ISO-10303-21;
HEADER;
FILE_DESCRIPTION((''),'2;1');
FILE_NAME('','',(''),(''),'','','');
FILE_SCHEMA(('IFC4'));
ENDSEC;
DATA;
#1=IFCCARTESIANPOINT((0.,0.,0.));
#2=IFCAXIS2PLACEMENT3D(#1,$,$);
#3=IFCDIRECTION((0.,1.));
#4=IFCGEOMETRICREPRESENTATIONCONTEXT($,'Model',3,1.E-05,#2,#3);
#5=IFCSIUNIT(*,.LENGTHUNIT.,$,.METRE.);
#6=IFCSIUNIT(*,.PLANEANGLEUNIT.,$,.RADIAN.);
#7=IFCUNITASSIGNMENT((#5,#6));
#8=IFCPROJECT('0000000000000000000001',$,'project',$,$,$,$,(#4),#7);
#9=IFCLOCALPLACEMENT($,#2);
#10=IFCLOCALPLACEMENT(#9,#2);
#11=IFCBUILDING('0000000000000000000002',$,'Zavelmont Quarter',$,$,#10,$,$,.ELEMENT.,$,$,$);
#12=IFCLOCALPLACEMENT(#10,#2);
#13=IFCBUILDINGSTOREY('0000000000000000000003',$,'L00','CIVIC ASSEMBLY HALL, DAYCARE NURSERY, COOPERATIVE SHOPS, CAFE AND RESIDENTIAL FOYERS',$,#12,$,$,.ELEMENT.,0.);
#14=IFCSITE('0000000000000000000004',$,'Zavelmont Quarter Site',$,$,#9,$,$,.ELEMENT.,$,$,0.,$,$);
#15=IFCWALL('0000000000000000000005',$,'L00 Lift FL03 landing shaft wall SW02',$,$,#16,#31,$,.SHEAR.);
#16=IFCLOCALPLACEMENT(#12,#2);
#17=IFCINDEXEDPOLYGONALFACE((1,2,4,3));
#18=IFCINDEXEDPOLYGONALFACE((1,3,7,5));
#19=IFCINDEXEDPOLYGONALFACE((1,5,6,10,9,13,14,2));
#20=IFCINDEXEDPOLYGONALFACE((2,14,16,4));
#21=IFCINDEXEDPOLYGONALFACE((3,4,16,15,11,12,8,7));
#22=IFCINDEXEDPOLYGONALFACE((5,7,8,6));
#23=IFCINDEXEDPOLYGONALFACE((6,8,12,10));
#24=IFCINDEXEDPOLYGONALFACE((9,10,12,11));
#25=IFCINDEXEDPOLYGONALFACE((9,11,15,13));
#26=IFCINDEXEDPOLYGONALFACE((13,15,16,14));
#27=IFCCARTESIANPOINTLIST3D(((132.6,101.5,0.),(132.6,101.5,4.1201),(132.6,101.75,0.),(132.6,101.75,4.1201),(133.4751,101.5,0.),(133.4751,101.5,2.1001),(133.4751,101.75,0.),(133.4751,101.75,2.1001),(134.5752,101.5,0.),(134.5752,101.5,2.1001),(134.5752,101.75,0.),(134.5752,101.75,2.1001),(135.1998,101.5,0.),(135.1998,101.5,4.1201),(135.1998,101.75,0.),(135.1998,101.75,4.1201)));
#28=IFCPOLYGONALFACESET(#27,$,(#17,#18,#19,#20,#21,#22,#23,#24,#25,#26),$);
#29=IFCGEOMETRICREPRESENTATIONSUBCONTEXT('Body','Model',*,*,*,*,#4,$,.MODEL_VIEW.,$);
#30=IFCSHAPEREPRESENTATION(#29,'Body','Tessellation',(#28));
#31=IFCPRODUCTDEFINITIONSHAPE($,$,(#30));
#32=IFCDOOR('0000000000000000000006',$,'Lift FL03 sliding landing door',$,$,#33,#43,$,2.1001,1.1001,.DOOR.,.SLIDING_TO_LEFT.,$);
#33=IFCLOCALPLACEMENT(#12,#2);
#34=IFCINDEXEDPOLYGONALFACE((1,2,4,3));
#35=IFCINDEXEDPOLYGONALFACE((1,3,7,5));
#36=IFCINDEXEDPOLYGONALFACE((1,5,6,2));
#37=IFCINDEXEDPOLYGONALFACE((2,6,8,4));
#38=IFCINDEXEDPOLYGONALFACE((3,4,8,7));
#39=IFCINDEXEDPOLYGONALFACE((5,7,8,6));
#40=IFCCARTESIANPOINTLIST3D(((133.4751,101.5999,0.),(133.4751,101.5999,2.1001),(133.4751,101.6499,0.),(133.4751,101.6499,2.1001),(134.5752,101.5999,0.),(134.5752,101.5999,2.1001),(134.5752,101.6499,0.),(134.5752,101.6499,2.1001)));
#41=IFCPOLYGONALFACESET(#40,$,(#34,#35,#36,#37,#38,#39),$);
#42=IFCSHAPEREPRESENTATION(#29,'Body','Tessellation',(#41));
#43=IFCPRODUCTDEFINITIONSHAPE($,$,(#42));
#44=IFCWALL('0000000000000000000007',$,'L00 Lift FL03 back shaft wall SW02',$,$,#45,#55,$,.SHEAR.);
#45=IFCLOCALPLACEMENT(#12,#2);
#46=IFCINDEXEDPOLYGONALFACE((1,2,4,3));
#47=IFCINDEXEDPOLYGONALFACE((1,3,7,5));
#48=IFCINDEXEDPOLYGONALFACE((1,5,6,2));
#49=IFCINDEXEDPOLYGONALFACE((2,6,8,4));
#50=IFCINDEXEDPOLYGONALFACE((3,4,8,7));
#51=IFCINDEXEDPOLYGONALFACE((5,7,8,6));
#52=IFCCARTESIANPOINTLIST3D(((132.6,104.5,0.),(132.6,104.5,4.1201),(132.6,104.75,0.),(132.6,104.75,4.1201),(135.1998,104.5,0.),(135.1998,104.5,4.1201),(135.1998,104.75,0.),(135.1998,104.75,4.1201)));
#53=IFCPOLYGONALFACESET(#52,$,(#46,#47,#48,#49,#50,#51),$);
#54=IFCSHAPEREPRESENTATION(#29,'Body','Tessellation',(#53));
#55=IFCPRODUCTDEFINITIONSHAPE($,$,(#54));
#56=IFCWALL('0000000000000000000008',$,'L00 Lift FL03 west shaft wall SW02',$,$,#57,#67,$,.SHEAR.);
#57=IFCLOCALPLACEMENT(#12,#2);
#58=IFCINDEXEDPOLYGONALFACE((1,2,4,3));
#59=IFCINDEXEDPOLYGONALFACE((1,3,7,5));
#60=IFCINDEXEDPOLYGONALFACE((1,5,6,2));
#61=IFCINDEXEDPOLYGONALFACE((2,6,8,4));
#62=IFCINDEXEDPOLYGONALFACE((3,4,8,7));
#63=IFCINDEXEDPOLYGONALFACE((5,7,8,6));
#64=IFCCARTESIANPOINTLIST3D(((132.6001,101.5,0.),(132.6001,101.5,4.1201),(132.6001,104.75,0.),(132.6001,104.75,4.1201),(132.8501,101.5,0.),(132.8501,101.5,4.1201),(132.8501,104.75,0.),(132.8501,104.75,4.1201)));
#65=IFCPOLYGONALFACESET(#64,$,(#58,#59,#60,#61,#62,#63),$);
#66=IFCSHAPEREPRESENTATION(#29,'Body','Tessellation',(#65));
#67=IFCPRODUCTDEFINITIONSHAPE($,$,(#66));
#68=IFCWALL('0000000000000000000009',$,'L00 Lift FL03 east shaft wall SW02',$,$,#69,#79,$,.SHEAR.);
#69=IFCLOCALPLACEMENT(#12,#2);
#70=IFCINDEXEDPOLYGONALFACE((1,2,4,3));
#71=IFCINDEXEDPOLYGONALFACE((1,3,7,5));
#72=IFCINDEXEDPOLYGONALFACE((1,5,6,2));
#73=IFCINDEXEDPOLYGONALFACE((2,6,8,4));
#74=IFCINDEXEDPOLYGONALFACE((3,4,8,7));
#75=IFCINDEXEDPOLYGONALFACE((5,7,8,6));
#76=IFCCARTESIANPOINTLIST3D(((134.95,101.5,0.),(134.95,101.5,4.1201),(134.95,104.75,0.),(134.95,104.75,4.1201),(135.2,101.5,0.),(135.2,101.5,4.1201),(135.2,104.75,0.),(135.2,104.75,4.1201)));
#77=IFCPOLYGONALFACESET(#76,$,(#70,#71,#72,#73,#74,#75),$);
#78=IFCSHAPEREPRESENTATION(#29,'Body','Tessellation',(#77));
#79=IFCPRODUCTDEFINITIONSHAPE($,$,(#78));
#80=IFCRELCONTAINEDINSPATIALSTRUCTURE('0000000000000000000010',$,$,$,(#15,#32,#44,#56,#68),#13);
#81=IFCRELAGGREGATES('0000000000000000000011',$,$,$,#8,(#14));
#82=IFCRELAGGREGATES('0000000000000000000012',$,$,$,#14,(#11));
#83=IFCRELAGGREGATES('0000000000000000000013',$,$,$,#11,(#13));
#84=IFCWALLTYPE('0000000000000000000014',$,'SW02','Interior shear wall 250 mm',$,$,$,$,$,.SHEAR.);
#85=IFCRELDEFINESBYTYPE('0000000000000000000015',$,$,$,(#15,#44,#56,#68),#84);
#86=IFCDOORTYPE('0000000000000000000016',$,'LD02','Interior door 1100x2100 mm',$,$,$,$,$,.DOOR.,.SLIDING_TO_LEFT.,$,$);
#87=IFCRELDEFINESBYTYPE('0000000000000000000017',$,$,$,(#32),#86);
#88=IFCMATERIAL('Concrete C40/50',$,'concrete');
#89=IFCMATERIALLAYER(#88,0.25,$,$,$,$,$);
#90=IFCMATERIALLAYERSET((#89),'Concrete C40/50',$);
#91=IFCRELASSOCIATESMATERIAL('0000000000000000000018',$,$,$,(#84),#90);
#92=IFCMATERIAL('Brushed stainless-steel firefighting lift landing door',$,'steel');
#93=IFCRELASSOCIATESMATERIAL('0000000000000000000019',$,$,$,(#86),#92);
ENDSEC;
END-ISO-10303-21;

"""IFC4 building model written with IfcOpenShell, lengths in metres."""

from ifc_helpers import new_model, si_unit, direction, frame, frame_2d, origin, origin_with_axes, place, context, subcontext, project, spatial, rectangle, extrude, material, layer, layer_set, type_object, element, fill, save


model = new_model("IFC4")

# Units and contexts
model_context = context("Model", 3, precision=1e-05, world=origin(), true_north=direction((0.0, 1.0)))
body_context = subcontext(model_context, "Body", "Model", "MODEL_VIEW")
ifc_project = project(units=[si_unit("LENGTHUNIT", "METRE"), si_unit("PLANEANGLEUNIT", "RADIAN")], contexts=[model_context])

# Site, building, storey
site_placement = place(None, origin())
site = spatial("IfcSite", under=ifc_project, at=site_placement, Name="Zavelmont Quarter Site", CompositionType="ELEMENT", RefElevation=0.0)
building_placement = place(site_placement, origin())
building = spatial("IfcBuilding", under=site, at=building_placement, Name="Zavelmont Quarter", CompositionType="ELEMENT")
storey_placement = place(building_placement, origin())
storey = spatial("IfcBuildingStorey", under=building, at=storey_placement, Name="L00", Description="CIVIC ASSEMBLY HALL, DAYCARE NURSERY, COOPERATIVE SHOPS, CAFE AND RESIDENTIAL FOYERS", CompositionType="ELEMENT", Elevation=0.0)

# Shared definitions
ifc_material_1 = material(Name="Concrete C40/50", Category="concrete")

# Wall, opening, door
ifc_layer_1 = layer(ifc_material_1, 0.25)
ifc_layer_set_1 = layer_set([ifc_layer_1], Name="Concrete C40/50")
wall_type_1 = type_object("IfcWallType", Name="SW02", Description="Interior shear wall 250 mm", PredefinedType="SHEAR", material=ifc_layer_set_1)
wall_1_placement = place(storey_placement, frame((132.6001, 101.625, 0.0), z_axis=(0.0, 0.0, 1.0), x_axis=(1.0, 0.0, 0.0)))
wall_1 = element("IfcWall", 1, at=wall_1_placement, inside=storey, type_object=wall_type_1, Name="L00 Lift FL03 landing shaft wall SW02", PredefinedType="SHEAR", context=body_context, shape_type="SweptSolid", body=[
    extrude(rectangle(XDim=2.5999, YDim=0.25, at=frame_2d((1.2998, 0.0))), origin(), (0.0, 0.0, 1.0), 4.1201),
])
opening_1_placement = place(wall_1_placement, frame((0.875, 0.0, 0.0)))
opening_1 = element("IfcOpeningElement", 2, at=opening_1_placement, cuts=wall_1, PredefinedType="OPENING", context=body_context, shape_type="SweptSolid", body=[
    extrude(rectangle(XDim=1.1001, YDim=2.1001, at=frame_2d((0.55, 1.05))), frame((0.0, 0.137, 0.0), z_axis=(0.0, -1.0, 0.0), x_axis=(1.0, 0.0, 0.0)), (0.0, 0.0, 1.0), 0.2739),
])
ifc_material_2 = material(Name="Brushed stainless-steel firefighting lift landing door", Category="steel")
door_type_1 = type_object("IfcDoorType", Name="LD02", Description="Interior door 1100x2100 mm", OperationType="SLIDING_TO_LEFT", PredefinedType="DOOR", material=ifc_material_2)
door_1_placement = place(opening_1_placement, origin_with_axes())
door_1 = element("IfcDoor", 3, at=door_1_placement, inside=storey, type_object=door_type_1, Name="Lift FL03 sliding landing door", OperationType="SLIDING_TO_LEFT", OverallHeight=2.1001, OverallWidth=1.1001, PredefinedType="DOOR", context=body_context, shape_type="SweptSolid", body=[
    extrude(rectangle(XDim=1.1001, YDim=2.1001, at=frame_2d((0.55, 1.05))), frame((0.0, 0.0249, 0.0), z_axis=(0.0, -1.0, 0.0), x_axis=(1.0, 0.0, 0.0)), (0.0, 0.0, 1.0), 0.05),
])
fill(opening_1, door_1)

# Walls
wall_2_placement = place(storey_placement, frame((132.6001, 104.625, 0.0), z_axis=(0.0, 0.0, 1.0), x_axis=(1.0, 0.0, 0.0)))
element("IfcWall", 4, at=wall_2_placement, inside=storey, type_object=wall_type_1, Name="L00 Lift FL03 back shaft wall SW02", PredefinedType="SHEAR", context=body_context, shape_type="SweptSolid", body=[
    extrude(rectangle(XDim=2.5999, YDim=0.25, at=frame_2d((1.2998, 0.0))), origin(), (0.0, 0.0, 1.0), 4.1201),
])
for number, where, z_axis, x_axis, name in (
    (5, (132.7251, 101.5, 0.0), (0.0, 0.0, 1.0), (0.0, 1.0, 0.0), "L00 Lift FL03 west shaft wall SW02"),
    (6, (135.075, 101.5, 0.0), (0.0, 0.0, 1.0), (0.0, 1.0, 0.0), "L00 Lift FL03 east shaft wall SW02"),
):
    element("IfcWall", number, at=place(storey_placement, frame(where, z_axis=z_axis, x_axis=x_axis)), inside=storey, type_object=wall_type_1, Name=name, PredefinedType="SHEAR", context=body_context, shape_type="SweptSolid", body=[
        extrude(rectangle(XDim=3.25, YDim=0.25, at=frame_2d((1.625, 0.0))), origin(), (0.0, 0.0, 1.0), 4.1201),
    ])

save(model, "model.ifc")
